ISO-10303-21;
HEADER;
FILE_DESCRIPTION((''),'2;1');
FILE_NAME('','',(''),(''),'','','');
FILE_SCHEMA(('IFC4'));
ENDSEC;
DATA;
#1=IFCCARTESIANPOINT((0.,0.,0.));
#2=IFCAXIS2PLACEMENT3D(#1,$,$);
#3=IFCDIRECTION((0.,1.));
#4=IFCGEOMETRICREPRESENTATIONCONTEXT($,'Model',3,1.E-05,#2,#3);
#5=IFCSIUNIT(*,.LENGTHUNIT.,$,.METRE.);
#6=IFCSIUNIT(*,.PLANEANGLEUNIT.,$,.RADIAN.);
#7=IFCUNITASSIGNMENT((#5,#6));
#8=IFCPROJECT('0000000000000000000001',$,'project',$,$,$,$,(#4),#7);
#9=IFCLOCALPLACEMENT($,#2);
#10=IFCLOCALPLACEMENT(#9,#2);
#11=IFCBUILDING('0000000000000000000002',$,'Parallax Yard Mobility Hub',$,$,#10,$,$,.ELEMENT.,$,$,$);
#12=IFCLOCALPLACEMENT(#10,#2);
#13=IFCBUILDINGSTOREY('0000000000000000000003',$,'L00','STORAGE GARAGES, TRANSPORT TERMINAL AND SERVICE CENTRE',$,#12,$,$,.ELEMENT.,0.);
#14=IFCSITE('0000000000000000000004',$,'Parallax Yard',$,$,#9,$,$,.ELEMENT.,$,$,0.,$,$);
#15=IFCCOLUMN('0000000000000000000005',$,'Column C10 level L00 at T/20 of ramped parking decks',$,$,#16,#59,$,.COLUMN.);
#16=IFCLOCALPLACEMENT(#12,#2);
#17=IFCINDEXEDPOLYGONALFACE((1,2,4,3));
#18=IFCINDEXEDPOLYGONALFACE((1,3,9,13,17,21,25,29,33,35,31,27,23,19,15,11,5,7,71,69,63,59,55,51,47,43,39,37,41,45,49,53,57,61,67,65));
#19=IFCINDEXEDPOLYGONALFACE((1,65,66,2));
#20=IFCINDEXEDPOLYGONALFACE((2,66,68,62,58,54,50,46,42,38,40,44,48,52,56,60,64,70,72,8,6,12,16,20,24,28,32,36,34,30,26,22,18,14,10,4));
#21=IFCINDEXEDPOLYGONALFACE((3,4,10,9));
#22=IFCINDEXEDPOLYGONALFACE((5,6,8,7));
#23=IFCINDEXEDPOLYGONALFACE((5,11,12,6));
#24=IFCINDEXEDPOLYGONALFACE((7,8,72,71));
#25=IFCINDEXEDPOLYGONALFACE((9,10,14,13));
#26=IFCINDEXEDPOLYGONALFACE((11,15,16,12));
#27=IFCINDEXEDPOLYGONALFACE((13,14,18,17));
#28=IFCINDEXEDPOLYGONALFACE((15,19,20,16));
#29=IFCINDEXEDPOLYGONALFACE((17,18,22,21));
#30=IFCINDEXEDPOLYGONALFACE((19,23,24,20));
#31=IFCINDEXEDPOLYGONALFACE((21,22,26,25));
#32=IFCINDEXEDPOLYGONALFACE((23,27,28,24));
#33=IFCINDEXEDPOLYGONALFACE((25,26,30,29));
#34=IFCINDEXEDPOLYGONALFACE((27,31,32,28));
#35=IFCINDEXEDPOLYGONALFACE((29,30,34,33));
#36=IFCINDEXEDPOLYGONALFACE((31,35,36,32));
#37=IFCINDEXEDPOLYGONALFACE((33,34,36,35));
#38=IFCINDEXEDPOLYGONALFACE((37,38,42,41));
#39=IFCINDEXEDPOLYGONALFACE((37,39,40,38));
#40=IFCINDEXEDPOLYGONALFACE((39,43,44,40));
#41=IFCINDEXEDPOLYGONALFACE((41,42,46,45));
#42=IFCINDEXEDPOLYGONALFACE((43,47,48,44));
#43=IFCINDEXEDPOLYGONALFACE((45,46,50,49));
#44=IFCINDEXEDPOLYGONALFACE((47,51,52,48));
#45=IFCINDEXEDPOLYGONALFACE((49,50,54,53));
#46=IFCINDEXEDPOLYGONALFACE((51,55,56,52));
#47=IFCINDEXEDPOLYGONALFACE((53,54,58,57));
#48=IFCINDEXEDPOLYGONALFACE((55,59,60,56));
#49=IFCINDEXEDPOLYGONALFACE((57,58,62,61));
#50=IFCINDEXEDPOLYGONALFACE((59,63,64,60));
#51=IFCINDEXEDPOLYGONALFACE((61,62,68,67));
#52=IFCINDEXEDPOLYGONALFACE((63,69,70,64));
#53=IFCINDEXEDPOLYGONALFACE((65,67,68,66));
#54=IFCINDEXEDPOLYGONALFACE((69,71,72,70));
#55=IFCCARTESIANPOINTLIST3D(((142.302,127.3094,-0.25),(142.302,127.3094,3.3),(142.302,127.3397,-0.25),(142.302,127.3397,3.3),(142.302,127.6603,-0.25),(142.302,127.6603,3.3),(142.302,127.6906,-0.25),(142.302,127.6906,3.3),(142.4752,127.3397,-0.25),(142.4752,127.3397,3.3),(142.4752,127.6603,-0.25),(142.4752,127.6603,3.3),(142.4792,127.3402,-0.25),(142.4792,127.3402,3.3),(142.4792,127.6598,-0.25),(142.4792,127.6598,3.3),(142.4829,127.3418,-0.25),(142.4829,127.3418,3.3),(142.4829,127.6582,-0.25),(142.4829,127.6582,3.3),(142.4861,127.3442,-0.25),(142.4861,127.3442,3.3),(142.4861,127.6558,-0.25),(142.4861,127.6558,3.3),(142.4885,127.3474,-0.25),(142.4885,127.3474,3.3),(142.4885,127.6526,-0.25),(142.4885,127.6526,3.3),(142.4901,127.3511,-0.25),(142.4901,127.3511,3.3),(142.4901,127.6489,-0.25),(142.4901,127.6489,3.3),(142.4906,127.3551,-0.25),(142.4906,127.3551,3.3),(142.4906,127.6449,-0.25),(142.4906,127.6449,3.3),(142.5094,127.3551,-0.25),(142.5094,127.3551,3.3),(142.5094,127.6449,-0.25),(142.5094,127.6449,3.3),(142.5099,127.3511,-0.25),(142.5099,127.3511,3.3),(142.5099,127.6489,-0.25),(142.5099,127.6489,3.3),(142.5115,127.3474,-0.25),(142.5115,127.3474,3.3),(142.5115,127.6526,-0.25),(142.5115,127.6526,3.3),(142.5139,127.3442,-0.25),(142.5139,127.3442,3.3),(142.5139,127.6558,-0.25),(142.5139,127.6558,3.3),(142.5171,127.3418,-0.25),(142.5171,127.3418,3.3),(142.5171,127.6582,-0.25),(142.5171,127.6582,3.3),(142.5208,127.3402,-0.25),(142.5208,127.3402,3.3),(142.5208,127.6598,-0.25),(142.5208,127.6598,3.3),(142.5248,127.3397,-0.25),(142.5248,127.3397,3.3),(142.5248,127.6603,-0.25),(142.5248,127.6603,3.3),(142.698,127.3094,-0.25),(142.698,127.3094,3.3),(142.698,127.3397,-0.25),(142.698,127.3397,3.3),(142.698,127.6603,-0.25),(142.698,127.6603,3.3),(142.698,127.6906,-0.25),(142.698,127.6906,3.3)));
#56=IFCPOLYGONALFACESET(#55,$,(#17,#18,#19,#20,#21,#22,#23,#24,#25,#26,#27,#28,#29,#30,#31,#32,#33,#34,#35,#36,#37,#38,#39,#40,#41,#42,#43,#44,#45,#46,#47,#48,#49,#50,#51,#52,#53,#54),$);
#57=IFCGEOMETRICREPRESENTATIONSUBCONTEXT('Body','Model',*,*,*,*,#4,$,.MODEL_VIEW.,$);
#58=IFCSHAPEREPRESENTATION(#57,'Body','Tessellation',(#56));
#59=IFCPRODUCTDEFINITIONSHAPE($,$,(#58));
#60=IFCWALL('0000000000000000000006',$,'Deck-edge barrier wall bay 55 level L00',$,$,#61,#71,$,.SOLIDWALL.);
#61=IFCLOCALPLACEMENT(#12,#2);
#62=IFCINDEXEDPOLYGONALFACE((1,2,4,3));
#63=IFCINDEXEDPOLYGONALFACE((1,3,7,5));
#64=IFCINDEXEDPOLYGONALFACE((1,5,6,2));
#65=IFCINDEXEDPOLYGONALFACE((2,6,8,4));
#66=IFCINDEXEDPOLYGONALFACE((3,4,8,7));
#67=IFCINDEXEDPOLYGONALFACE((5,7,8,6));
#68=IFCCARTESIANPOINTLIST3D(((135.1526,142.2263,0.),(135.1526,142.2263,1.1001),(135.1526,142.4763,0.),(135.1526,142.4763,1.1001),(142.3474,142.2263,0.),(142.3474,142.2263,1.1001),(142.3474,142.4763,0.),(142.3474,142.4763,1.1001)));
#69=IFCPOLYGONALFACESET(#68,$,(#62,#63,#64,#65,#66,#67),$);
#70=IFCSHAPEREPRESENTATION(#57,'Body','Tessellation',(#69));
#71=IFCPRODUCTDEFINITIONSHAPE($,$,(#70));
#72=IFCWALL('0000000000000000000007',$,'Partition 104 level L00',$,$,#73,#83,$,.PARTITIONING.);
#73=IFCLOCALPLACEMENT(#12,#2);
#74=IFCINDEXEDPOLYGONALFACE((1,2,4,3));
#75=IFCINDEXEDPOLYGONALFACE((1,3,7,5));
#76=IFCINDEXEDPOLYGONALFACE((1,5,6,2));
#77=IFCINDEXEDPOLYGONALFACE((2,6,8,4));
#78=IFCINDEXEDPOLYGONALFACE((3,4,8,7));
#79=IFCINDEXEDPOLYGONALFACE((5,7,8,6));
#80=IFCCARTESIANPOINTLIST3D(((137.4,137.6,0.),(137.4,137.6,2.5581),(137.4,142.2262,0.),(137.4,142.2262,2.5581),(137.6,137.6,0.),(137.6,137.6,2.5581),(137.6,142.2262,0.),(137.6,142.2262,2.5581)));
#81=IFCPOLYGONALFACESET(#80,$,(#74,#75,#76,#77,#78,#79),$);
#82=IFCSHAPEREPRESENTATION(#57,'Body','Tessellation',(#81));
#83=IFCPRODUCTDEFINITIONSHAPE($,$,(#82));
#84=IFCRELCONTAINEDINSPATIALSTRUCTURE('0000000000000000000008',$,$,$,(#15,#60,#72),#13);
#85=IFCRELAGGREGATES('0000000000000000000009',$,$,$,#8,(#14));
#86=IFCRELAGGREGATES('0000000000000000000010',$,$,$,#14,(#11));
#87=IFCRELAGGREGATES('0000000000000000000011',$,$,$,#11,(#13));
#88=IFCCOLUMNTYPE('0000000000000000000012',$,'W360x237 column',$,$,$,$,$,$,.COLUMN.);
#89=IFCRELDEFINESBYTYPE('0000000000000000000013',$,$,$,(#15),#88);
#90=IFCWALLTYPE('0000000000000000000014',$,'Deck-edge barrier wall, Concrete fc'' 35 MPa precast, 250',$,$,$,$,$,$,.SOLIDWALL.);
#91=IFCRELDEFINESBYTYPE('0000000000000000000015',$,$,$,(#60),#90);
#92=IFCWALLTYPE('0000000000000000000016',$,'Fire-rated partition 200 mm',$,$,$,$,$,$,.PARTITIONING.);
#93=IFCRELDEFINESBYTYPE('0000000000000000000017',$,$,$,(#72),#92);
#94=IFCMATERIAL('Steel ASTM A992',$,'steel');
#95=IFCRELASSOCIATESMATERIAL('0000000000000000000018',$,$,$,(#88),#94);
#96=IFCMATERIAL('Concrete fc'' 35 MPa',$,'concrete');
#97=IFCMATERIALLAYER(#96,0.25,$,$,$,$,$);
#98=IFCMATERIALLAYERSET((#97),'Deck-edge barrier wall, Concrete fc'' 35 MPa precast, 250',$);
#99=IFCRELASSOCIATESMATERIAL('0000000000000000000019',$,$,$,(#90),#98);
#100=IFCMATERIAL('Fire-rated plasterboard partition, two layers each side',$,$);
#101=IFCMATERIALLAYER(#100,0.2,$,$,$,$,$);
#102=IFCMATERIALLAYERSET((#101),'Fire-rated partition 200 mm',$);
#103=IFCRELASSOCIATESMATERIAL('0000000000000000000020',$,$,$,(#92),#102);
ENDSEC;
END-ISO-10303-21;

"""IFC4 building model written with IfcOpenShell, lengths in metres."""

from ifc_helpers import new_model, si_unit, direction, frame, frame_2d, origin, origin_2d, place, context, subcontext, project, spatial, rectangle, i_section, extrude, material, layer, layer_set, material_profile, profile_set, type_object, element, save


model = new_model("IFC4")

# Units and contexts
model_context = context("Model", 3, precision=1e-05, world=origin(), true_north=direction((0.0, 1.0)))
body_context = subcontext(model_context, "Body", "Model", "MODEL_VIEW")
ifc_project = project(units=[si_unit("LENGTHUNIT", "METRE"), si_unit("PLANEANGLEUNIT", "RADIAN")], contexts=[model_context])

# Site, building, storey
site_placement = place(None, origin())
site = spatial("IfcSite", under=ifc_project, at=site_placement, Name="Parallax Yard", CompositionType="ELEMENT", RefElevation=0.0)
building_placement = place(site_placement, origin())
building = spatial("IfcBuilding", under=site, at=building_placement, Name="Parallax Yard Mobility Hub", CompositionType="ELEMENT")
storey_placement = place(building_placement, origin())
storey = spatial("IfcBuildingStorey", under=building, at=storey_placement, Name="L00", Description="STORAGE GARAGES, TRANSPORT TERMINAL AND SERVICE CENTRE", CompositionType="ELEMENT", Elevation=0.0)

# Column
ifc_material_1 = material(Name="Steel ASTM A992", Category="steel")
ifc_material_profile_1 = material_profile(ifc_material_1, i_section(OverallWidth=0.396, OverallDepth=0.3811, WebThickness=0.0188, FlangeThickness=0.0303, FilletRadius=0.0154, at=origin_2d()), Name="W360x237")
ifc_profile_set_1 = profile_set([ifc_material_profile_1], Name="Steel ASTM A992")
column_type_1 = type_object("IfcColumnType", Name="W360x237 column", PredefinedType="COLUMN", material=ifc_profile_set_1)
for number, where, z_axis, x_axis, name in (
    (1, (142.5, 127.5, -0.25), (0.0, 0.0, 1.0), (1.0, 0.0, 0.0), "Column C10 level L00 at T/20 of ramped parking decks"),
):
    element("IfcColumn", number, at=place(storey_placement, frame(where, z_axis=z_axis, x_axis=x_axis)), inside=storey, type_object=column_type_1, Name=name, PredefinedType="COLUMN", context=body_context, shape_type="SweptSolid", body=[
        extrude(i_section(OverallWidth=0.396, OverallDepth=0.3811, WebThickness=0.0188, FlangeThickness=0.0303, FilletRadius=0.0154, at=origin_2d()), origin(), (0.0, 0.0, 1.0), 3.55),
    ])

# Walls
ifc_material_2 = material(Name="Concrete fc' 35 MPa", Category="concrete")
ifc_layer_1 = layer(ifc_material_2, 0.25)
ifc_layer_set_1 = layer_set([ifc_layer_1], Name="Deck-edge barrier wall, Concrete fc' 35 MPa precast, 250")
wall_type_1 = type_object("IfcWallType", Name="Deck-edge barrier wall, Concrete fc' 35 MPa precast, 250", PredefinedType="SOLIDWALL", material=ifc_layer_set_1)
wall_1_placement = place(storey_placement, frame((142.3474, 142.3513, 0.0), z_axis=(0.0, 0.0, 1.0), x_axis=(-1.0, 0.0, 0.0)))
element("IfcWall", 2, at=wall_1_placement, inside=storey, type_object=wall_type_1, Name="Deck-edge barrier wall bay 55 level L00", PredefinedType="SOLIDWALL", context=body_context, shape_type="SweptSolid", body=[
    extrude(rectangle(XDim=7.1948, YDim=0.25, at=frame_2d((3.5974, 0.0))), origin(), (0.0, 0.0, 1.0), 1.1001),
])
ifc_material_3 = material(Name="Fire-rated plasterboard partition, two layers each side")
ifc_layer_2 = layer(ifc_material_3, 0.2)
ifc_layer_set_2 = layer_set([ifc_layer_2], Name="Fire-rated partition 200 mm")
wall_type_2 = type_object("IfcWallType", Name="Fire-rated partition 200 mm", PredefinedType="PARTITIONING", material=ifc_layer_set_2)
wall_2_placement = place(storey_placement, frame((137.5, 137.6001, 0.0), z_axis=(0.0, 0.0, 1.0), x_axis=(0.0, 1.0, 0.0)))
element("IfcWall", 3, at=wall_2_placement, inside=storey, type_object=wall_type_2, Name="Partition 104 level L00", PredefinedType="PARTITIONING", context=body_context, shape_type="SweptSolid", body=[
    extrude(rectangle(XDim=4.6262, YDim=0.2, at=frame_2d((2.313, 0.0))), origin(), (0.0, 0.0, 1.0), 2.5581),
])

save(model, "model.ifc")
